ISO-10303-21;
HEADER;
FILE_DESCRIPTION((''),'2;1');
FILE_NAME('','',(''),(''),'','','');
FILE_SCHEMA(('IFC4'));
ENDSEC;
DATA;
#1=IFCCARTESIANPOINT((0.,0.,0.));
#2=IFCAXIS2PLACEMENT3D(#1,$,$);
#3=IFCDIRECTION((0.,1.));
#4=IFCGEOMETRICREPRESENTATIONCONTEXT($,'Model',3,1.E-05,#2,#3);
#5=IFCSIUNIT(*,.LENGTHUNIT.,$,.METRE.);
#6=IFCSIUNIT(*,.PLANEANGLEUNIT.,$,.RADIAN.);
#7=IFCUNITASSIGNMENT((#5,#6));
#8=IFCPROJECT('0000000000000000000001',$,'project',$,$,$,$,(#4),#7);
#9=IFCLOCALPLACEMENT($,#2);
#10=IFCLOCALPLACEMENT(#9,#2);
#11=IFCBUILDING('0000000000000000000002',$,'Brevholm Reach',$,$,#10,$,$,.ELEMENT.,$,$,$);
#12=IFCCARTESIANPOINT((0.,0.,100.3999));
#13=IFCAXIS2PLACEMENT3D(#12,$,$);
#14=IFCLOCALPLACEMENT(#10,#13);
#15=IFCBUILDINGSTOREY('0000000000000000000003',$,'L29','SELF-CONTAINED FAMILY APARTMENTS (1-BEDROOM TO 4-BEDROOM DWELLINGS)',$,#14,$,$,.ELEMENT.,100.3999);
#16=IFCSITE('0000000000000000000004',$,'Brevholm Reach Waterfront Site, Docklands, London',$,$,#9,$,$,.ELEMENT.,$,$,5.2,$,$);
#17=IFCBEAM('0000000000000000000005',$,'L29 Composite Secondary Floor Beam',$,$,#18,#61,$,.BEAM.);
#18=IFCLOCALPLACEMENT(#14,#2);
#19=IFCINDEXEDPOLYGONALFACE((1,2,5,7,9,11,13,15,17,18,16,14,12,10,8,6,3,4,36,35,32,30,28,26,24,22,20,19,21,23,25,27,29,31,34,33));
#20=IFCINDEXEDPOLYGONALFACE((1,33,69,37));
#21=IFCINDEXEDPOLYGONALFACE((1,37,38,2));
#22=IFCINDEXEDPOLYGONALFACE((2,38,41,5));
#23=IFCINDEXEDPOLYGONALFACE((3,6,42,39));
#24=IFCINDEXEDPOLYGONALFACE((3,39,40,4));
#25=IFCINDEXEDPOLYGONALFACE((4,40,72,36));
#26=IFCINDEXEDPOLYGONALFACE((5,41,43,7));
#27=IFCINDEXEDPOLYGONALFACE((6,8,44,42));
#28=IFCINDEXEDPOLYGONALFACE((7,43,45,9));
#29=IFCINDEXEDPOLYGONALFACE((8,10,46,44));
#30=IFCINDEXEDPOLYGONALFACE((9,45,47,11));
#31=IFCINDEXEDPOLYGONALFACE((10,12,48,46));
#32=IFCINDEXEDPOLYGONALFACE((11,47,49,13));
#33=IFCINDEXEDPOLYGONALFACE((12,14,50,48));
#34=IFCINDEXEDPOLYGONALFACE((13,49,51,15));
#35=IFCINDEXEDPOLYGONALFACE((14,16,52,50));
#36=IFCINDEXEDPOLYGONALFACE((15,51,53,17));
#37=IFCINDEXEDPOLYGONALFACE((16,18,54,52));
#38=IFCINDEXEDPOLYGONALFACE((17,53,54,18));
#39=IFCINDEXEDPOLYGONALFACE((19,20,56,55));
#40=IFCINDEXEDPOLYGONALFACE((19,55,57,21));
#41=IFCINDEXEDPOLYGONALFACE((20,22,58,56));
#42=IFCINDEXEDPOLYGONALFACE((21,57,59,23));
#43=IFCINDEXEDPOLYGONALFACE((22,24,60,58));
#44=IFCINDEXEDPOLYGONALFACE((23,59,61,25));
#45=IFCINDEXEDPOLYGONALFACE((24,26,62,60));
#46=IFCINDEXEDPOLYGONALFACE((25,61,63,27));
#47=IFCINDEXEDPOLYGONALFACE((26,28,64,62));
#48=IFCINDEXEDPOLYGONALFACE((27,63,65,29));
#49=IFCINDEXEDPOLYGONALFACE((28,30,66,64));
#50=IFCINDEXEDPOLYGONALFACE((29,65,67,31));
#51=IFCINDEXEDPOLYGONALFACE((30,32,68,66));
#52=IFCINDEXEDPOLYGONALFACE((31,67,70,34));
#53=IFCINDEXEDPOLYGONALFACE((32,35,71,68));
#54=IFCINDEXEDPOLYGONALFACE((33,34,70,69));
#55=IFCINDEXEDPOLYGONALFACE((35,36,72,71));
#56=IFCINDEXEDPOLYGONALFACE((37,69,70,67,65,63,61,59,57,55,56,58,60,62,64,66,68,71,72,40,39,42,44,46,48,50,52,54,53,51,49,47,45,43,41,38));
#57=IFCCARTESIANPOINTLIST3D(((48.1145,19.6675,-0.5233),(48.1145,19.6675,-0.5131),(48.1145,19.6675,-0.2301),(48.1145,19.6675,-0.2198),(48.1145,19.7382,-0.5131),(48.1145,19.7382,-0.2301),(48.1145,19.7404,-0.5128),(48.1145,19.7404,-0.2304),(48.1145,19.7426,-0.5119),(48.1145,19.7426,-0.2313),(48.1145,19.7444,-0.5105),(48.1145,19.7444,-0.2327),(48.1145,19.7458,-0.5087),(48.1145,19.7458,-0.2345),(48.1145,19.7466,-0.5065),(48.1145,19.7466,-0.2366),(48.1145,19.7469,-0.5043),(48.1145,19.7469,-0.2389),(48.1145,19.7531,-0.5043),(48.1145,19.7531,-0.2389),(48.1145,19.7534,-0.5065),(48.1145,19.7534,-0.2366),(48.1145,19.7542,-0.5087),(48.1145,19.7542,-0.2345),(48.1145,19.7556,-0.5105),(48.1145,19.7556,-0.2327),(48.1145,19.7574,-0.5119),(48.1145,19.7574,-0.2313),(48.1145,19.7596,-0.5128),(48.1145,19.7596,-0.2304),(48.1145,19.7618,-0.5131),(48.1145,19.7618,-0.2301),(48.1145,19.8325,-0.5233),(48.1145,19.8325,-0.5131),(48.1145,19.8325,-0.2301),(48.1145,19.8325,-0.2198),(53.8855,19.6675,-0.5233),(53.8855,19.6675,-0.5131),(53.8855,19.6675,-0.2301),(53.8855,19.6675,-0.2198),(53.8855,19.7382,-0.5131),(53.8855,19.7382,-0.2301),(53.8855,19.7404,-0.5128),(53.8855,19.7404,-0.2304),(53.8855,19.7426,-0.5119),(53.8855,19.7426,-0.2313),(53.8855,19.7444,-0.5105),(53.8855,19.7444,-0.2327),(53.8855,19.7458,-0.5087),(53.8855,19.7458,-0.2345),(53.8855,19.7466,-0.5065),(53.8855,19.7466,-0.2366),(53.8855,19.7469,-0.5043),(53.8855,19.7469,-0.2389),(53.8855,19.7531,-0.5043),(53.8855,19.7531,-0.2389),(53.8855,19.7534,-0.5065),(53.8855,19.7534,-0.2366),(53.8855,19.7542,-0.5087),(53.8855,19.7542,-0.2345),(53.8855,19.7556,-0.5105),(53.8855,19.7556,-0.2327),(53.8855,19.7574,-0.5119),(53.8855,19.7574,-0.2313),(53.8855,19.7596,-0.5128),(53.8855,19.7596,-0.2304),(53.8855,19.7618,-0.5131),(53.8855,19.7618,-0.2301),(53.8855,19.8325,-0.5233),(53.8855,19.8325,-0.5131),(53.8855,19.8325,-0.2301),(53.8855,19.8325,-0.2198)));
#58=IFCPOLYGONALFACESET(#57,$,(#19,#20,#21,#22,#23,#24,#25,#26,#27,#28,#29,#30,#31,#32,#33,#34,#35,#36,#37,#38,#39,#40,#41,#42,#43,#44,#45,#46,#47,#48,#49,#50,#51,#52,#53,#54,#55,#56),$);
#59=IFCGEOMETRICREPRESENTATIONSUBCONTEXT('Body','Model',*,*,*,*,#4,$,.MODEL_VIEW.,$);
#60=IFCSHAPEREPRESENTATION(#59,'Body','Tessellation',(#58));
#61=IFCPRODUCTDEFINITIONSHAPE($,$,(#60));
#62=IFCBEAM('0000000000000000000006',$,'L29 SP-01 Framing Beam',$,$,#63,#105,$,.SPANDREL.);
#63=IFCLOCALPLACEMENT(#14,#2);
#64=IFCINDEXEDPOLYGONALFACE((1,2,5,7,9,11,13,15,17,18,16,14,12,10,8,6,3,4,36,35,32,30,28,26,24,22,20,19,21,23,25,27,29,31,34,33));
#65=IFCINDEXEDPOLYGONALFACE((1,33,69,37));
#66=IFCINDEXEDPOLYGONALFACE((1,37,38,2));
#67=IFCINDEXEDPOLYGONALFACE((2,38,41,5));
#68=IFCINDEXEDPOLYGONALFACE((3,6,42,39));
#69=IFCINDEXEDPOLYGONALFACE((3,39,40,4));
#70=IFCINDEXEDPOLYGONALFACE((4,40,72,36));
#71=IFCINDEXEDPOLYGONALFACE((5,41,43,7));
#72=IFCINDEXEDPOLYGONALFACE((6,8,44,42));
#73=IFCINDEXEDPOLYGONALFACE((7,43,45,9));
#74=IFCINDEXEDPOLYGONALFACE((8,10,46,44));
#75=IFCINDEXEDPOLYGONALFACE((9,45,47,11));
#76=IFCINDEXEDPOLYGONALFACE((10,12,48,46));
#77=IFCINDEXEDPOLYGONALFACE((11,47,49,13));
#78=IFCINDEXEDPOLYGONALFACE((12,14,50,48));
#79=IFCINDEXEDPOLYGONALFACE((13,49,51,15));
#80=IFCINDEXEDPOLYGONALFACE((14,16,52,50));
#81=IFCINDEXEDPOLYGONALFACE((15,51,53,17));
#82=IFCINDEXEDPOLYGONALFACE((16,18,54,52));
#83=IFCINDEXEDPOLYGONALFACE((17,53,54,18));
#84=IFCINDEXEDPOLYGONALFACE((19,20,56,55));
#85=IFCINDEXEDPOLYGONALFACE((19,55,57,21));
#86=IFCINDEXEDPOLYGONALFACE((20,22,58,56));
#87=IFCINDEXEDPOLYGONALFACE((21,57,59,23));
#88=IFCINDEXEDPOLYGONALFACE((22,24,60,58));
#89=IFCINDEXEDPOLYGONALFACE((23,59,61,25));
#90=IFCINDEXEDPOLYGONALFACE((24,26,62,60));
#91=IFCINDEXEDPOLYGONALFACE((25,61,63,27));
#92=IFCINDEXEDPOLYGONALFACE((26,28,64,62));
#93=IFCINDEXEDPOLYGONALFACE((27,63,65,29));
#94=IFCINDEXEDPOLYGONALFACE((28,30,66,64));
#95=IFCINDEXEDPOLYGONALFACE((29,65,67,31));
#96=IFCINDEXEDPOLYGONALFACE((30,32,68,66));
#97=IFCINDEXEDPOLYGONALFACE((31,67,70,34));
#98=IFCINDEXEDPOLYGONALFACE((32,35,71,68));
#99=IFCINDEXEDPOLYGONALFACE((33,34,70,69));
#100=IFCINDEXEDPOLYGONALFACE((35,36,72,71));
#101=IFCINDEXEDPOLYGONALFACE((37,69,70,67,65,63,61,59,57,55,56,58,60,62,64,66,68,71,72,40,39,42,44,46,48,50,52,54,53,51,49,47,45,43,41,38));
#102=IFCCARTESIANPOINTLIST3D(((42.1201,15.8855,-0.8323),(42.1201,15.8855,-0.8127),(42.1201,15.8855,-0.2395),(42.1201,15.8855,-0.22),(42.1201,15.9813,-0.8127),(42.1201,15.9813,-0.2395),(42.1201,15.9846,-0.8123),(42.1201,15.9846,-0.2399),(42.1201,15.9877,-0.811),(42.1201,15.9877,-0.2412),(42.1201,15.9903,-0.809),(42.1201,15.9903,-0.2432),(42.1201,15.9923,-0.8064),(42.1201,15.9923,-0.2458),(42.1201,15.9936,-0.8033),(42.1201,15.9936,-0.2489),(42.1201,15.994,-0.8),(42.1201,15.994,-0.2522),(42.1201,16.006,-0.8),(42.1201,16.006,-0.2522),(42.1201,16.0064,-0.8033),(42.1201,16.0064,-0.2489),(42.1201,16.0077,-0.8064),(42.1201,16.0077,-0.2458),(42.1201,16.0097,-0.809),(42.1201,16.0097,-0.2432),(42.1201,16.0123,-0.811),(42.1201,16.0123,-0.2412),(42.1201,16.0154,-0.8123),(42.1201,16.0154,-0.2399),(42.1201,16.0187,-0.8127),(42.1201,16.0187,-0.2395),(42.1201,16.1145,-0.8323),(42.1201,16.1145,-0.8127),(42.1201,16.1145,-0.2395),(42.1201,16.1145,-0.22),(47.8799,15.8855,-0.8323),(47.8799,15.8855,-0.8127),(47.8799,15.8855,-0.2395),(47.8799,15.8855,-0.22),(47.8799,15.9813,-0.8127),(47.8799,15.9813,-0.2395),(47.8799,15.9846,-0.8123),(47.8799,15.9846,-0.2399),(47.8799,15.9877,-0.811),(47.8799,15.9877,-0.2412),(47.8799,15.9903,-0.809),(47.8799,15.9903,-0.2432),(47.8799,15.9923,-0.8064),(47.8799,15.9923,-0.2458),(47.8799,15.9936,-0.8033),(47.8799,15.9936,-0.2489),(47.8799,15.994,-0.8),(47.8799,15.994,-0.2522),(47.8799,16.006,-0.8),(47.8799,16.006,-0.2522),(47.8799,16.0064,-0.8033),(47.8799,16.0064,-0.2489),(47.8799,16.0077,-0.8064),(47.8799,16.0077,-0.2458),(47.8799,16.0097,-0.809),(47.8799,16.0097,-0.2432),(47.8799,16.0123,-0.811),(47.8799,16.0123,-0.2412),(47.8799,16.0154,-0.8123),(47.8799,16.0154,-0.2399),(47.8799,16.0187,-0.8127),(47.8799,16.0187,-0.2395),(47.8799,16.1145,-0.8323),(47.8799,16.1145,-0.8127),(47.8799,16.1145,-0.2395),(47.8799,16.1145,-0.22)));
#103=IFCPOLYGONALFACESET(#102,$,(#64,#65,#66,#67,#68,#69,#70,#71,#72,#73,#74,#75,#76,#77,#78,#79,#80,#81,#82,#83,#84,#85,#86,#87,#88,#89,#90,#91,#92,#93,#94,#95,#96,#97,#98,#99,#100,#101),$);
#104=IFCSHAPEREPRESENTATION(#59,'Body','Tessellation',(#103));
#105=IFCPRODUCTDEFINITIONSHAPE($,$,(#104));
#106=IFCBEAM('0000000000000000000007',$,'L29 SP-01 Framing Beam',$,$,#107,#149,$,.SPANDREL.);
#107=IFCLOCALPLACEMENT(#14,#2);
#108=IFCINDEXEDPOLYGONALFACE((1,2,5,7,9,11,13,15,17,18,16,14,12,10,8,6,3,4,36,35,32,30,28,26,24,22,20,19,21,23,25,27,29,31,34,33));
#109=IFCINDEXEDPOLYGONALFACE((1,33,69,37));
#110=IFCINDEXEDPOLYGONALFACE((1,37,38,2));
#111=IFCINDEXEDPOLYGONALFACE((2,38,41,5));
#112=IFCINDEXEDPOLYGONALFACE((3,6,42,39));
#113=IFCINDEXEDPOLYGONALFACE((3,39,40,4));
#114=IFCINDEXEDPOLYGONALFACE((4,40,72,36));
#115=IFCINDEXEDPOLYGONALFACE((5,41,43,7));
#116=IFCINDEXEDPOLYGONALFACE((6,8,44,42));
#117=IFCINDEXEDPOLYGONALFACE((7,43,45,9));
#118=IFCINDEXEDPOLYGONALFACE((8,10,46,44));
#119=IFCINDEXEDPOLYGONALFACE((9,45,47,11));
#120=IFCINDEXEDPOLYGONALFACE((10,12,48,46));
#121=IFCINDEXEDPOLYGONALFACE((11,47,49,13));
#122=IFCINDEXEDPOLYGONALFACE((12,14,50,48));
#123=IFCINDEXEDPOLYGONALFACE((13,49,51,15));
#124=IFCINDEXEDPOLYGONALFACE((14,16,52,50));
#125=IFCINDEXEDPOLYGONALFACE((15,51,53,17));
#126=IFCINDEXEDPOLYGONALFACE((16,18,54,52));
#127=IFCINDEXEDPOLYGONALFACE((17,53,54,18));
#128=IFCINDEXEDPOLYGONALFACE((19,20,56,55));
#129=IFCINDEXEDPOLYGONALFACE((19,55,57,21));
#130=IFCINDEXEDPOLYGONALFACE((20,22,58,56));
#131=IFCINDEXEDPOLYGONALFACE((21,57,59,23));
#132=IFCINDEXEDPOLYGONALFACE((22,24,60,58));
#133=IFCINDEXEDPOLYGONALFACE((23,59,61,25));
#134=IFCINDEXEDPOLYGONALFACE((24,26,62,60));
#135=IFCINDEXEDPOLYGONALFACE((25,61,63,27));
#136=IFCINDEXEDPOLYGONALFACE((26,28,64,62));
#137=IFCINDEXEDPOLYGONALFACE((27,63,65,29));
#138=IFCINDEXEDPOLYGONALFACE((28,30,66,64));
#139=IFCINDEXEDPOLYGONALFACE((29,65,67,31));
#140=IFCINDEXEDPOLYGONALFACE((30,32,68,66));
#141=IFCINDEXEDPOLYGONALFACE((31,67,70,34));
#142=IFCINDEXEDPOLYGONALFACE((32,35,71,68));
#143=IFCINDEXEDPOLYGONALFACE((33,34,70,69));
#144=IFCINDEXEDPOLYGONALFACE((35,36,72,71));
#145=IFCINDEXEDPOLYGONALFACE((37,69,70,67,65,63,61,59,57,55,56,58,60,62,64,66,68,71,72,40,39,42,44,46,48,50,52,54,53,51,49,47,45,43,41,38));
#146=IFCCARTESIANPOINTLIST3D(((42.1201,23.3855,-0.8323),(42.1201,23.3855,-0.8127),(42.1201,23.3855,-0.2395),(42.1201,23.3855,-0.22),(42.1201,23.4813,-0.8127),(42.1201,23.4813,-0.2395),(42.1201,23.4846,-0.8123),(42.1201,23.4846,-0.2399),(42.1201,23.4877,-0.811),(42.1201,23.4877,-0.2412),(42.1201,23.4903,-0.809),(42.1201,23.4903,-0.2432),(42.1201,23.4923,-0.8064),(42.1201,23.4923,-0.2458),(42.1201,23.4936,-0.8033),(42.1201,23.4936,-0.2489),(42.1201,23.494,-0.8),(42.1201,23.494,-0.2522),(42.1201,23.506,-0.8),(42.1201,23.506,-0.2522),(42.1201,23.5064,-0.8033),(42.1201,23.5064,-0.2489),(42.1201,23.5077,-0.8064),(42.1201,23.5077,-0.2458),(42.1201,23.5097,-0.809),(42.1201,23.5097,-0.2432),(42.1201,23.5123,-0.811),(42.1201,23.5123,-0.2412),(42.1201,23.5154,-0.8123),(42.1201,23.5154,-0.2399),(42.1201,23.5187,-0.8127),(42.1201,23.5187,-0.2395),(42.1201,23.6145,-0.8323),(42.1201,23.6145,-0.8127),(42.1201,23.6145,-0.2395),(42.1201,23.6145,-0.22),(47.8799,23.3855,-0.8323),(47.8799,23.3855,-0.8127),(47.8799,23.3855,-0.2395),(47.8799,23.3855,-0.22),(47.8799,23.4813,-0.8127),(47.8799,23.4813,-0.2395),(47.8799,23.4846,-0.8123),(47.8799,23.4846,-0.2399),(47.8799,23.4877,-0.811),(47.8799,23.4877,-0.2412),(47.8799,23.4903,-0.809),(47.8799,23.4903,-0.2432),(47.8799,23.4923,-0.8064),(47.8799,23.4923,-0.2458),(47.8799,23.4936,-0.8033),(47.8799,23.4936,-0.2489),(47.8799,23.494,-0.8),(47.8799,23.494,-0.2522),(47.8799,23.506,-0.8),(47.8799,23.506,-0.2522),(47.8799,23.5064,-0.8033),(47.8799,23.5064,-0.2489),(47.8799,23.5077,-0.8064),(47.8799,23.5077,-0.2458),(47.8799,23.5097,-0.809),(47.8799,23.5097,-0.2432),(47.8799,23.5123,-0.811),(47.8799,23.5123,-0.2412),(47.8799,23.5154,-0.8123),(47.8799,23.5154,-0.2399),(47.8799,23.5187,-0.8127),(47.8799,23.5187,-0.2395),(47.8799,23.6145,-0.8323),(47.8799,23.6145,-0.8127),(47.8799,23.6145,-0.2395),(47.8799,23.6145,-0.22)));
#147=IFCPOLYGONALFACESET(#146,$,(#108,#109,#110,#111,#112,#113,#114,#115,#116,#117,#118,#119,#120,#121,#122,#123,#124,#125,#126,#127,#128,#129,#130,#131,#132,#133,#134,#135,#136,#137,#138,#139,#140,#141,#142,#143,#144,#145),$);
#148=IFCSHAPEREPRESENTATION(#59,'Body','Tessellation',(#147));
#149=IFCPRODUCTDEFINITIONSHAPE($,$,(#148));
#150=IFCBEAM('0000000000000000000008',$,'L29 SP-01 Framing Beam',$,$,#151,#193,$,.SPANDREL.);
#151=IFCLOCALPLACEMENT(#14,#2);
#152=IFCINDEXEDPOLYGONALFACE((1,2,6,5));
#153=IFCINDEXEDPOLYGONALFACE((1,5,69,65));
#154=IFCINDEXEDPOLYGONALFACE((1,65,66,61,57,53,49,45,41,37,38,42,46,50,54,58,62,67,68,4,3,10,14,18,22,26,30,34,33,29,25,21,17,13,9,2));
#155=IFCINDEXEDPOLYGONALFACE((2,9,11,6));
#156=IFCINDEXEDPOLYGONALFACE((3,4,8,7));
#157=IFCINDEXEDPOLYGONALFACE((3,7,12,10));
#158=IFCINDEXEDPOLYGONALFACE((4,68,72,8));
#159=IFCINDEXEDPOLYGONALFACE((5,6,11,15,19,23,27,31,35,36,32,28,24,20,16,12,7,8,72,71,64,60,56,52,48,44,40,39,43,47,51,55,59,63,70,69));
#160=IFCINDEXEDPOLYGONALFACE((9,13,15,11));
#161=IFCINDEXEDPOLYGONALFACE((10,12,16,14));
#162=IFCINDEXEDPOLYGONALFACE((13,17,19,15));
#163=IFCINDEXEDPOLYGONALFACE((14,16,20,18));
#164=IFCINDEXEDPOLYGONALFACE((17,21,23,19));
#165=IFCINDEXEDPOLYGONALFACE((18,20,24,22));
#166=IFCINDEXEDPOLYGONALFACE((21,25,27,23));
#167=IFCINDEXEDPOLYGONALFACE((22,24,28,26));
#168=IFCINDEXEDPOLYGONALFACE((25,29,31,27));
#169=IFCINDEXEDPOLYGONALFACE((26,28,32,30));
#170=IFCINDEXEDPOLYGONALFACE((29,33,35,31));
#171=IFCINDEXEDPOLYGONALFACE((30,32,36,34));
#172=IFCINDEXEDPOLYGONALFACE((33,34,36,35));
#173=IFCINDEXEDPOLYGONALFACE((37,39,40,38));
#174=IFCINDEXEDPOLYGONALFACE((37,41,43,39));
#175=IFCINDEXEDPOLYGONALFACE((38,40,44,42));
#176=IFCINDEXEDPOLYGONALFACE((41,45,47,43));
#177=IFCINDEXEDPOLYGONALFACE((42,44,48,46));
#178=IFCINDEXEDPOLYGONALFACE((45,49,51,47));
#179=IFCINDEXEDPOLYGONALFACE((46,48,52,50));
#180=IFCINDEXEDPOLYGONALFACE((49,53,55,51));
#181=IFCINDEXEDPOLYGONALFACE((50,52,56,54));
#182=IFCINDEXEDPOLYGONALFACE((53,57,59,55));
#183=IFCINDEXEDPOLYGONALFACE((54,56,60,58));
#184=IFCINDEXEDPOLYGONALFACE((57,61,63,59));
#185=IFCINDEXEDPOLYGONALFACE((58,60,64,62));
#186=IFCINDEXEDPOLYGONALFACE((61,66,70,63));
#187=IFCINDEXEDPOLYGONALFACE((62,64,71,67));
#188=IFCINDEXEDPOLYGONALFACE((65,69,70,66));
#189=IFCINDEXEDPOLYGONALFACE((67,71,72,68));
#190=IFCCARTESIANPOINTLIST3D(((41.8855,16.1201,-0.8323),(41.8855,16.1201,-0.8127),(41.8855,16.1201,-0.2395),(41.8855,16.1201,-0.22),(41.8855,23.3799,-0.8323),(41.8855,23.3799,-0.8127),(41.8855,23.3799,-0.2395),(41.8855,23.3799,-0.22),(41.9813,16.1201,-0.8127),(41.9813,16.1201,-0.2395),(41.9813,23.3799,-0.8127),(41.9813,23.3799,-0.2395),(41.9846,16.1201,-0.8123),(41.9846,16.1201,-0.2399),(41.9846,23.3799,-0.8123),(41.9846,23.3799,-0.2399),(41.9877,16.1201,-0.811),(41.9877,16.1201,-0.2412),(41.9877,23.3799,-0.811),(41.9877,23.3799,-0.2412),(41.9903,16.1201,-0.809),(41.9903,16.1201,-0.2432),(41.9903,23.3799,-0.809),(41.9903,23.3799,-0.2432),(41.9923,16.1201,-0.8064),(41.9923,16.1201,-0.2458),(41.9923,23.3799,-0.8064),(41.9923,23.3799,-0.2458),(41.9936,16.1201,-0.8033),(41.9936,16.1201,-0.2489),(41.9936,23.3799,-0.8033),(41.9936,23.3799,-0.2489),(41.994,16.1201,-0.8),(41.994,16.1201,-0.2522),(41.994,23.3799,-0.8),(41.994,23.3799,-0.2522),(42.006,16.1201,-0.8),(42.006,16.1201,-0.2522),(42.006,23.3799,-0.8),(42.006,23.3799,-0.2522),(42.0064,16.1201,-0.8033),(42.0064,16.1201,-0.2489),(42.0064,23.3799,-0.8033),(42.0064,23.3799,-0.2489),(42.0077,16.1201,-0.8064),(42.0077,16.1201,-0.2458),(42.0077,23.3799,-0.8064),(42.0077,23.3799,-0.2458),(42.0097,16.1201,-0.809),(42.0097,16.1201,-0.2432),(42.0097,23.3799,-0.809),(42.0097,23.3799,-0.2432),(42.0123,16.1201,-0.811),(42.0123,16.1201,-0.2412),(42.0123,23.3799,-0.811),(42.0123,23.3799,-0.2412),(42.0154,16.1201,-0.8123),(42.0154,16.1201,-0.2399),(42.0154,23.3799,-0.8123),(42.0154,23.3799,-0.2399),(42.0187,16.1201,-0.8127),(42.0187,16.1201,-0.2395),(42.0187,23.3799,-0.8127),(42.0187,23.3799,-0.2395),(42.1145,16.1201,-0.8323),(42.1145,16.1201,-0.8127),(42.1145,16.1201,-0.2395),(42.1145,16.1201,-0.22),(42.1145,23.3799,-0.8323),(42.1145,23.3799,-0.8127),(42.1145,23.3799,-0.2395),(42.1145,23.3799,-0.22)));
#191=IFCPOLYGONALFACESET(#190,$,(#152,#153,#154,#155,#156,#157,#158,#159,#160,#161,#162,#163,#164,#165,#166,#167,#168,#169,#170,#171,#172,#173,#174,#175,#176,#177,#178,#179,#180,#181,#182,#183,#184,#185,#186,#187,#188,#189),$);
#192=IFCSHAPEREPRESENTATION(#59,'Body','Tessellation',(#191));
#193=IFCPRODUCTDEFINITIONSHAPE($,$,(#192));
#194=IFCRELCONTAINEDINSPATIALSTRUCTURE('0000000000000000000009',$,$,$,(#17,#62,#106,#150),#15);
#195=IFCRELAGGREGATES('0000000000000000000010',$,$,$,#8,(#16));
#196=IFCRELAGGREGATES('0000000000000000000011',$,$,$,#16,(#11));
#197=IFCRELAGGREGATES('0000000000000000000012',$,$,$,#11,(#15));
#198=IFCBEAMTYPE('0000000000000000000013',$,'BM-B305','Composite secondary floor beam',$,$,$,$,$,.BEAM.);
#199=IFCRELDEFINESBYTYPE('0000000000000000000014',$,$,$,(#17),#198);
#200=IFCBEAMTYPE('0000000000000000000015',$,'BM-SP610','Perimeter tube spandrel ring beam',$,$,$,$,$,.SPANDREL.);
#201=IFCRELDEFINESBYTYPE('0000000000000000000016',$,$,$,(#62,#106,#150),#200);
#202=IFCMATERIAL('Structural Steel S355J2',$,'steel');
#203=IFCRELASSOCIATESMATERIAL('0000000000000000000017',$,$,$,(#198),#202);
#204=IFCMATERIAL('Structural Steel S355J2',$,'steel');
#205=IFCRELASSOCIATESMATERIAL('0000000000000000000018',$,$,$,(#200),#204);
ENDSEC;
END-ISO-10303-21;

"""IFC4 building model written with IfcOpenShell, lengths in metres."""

from ifc_helpers import new_model, si_unit, direction, frame, origin, origin_2d, place, context, subcontext, project, spatial, i_section, extrude, material, material_profile, profile_set, type_object, element, save


model = new_model("IFC4")

# Units and contexts
model_context = context("Model", 3, precision=1e-05, world=origin(), true_north=direction((0.0, 1.0)))
body_context = subcontext(model_context, "Body", "Model", "MODEL_VIEW")
ifc_project = project(units=[si_unit("LENGTHUNIT", "METRE"), si_unit("PLANEANGLEUNIT", "RADIAN")], contexts=[model_context])

# Site, building, storey
site_placement = place(None, origin())
site = spatial("IfcSite", under=ifc_project, at=site_placement, Name="Brevholm Reach Waterfront Site, Docklands, London", CompositionType="ELEMENT", RefElevation=5.2)
building_placement = place(site_placement, origin())
building = spatial("IfcBuilding", under=site, at=building_placement, Name="Brevholm Reach", CompositionType="ELEMENT")
storey_placement = place(building_placement, frame((0.0, 0.0, 100.3999)))
storey = spatial("IfcBuildingStorey", under=building, at=storey_placement, Name="L29", Description="SELF-CONTAINED FAMILY APARTMENTS (1-BEDROOM TO 4-BEDROOM DWELLINGS)", CompositionType="ELEMENT", Elevation=100.3999)

# Beams
ifc_material_1 = material(Name="Structural Steel S355J2", Category="steel")
ifc_material_profile_1 = material_profile(ifc_material_1, i_section(OverallWidth=0.165, OverallDepth=0.3035, WebThickness=0.0061, FlangeThickness=0.0103, FilletRadius=0.0088, at=origin_2d()), Name="UKB 305x165x40")
ifc_profile_set_1 = profile_set([ifc_material_profile_1], Name="Structural Steel S355J2")
beam_type_1 = type_object("IfcBeamType", Name="BM-B305", Description="Composite secondary floor beam", PredefinedType="BEAM", material=ifc_profile_set_1)
for number, where, z_axis, x_axis, name in (
    (1, (48.1145, 19.75, -0.3716), (1.0, 0.0, 0.0), (0.0, 1.0, 0.0), "L29 Composite Secondary Floor Beam"),
):
    element("IfcBeam", number, at=place(storey_placement, frame(where, z_axis=z_axis, x_axis=x_axis)), inside=storey, type_object=beam_type_1, Name=name, PredefinedType="BEAM", context=body_context, shape_type="SweptSolid", body=[
        extrude(i_section(OverallWidth=0.165, OverallDepth=0.3035, WebThickness=0.0061, FlangeThickness=0.0103, FilletRadius=0.0088, at=origin_2d()), origin(), (0.0, 0.0, 1.0), 5.771),
    ])
ifc_material_2 = material(Name="Structural Steel S355J2", Category="steel")
ifc_material_profile_2 = material_profile(ifc_material_2, i_section(OverallWidth=0.229, OverallDepth=0.6123, WebThickness=0.012, FlangeThickness=0.0195, FilletRadius=0.0127, at=origin_2d()), Name="UKB 610x229x125")
ifc_profile_set_2 = profile_set([ifc_material_profile_2], Name="Structural Steel S355J2")
beam_type_2 = type_object("IfcBeamType", Name="BM-SP610", Description="Perimeter tube spandrel ring beam", PredefinedType="SPANDREL", material=ifc_profile_set_2)
for number, where, z_axis, x_axis, name in (
    (2, (42.1201, 16.0, -0.5261), (1.0, 0.0, 0.0), (0.0, 1.0, 0.0), "L29 SP-01 Framing Beam"),
    (3, (42.1201, 23.5, -0.5261), (1.0, 0.0, 0.0), (0.0, 1.0, 0.0), "L29 SP-01 Framing Beam"),
):
    element("IfcBeam", number, at=place(storey_placement, frame(where, z_axis=z_axis, x_axis=x_axis)), inside=storey, type_object=beam_type_2, Name=name, PredefinedType="SPANDREL", context=body_context, shape_type="SweptSolid", body=[
        extrude(i_section(OverallWidth=0.229, OverallDepth=0.6123, WebThickness=0.012, FlangeThickness=0.0195, FilletRadius=0.0127, at=origin_2d()), origin(), (0.0, 0.0, 1.0), 5.7598),
    ])
for number, where, z_axis, x_axis, name in (
    (4, (42.0, 16.1201, -0.5261), (0.0, 1.0, 0.0), (-1.0, 0.0, 0.0), "L29 SP-01 Framing Beam"),
):
    element("IfcBeam", number, at=place(storey_placement, frame(where, z_axis=z_axis, x_axis=x_axis)), inside=storey, type_object=beam_type_2, Name=name, PredefinedType="SPANDREL", context=body_context, shape_type="SweptSolid", body=[
        extrude(i_section(OverallWidth=0.229, OverallDepth=0.6123, WebThickness=0.012, FlangeThickness=0.0195, FilletRadius=0.0127, at=origin_2d()), origin(), (0.0, 0.0, 1.0), 7.2598),
    ])

save(model, "model.ifc")
